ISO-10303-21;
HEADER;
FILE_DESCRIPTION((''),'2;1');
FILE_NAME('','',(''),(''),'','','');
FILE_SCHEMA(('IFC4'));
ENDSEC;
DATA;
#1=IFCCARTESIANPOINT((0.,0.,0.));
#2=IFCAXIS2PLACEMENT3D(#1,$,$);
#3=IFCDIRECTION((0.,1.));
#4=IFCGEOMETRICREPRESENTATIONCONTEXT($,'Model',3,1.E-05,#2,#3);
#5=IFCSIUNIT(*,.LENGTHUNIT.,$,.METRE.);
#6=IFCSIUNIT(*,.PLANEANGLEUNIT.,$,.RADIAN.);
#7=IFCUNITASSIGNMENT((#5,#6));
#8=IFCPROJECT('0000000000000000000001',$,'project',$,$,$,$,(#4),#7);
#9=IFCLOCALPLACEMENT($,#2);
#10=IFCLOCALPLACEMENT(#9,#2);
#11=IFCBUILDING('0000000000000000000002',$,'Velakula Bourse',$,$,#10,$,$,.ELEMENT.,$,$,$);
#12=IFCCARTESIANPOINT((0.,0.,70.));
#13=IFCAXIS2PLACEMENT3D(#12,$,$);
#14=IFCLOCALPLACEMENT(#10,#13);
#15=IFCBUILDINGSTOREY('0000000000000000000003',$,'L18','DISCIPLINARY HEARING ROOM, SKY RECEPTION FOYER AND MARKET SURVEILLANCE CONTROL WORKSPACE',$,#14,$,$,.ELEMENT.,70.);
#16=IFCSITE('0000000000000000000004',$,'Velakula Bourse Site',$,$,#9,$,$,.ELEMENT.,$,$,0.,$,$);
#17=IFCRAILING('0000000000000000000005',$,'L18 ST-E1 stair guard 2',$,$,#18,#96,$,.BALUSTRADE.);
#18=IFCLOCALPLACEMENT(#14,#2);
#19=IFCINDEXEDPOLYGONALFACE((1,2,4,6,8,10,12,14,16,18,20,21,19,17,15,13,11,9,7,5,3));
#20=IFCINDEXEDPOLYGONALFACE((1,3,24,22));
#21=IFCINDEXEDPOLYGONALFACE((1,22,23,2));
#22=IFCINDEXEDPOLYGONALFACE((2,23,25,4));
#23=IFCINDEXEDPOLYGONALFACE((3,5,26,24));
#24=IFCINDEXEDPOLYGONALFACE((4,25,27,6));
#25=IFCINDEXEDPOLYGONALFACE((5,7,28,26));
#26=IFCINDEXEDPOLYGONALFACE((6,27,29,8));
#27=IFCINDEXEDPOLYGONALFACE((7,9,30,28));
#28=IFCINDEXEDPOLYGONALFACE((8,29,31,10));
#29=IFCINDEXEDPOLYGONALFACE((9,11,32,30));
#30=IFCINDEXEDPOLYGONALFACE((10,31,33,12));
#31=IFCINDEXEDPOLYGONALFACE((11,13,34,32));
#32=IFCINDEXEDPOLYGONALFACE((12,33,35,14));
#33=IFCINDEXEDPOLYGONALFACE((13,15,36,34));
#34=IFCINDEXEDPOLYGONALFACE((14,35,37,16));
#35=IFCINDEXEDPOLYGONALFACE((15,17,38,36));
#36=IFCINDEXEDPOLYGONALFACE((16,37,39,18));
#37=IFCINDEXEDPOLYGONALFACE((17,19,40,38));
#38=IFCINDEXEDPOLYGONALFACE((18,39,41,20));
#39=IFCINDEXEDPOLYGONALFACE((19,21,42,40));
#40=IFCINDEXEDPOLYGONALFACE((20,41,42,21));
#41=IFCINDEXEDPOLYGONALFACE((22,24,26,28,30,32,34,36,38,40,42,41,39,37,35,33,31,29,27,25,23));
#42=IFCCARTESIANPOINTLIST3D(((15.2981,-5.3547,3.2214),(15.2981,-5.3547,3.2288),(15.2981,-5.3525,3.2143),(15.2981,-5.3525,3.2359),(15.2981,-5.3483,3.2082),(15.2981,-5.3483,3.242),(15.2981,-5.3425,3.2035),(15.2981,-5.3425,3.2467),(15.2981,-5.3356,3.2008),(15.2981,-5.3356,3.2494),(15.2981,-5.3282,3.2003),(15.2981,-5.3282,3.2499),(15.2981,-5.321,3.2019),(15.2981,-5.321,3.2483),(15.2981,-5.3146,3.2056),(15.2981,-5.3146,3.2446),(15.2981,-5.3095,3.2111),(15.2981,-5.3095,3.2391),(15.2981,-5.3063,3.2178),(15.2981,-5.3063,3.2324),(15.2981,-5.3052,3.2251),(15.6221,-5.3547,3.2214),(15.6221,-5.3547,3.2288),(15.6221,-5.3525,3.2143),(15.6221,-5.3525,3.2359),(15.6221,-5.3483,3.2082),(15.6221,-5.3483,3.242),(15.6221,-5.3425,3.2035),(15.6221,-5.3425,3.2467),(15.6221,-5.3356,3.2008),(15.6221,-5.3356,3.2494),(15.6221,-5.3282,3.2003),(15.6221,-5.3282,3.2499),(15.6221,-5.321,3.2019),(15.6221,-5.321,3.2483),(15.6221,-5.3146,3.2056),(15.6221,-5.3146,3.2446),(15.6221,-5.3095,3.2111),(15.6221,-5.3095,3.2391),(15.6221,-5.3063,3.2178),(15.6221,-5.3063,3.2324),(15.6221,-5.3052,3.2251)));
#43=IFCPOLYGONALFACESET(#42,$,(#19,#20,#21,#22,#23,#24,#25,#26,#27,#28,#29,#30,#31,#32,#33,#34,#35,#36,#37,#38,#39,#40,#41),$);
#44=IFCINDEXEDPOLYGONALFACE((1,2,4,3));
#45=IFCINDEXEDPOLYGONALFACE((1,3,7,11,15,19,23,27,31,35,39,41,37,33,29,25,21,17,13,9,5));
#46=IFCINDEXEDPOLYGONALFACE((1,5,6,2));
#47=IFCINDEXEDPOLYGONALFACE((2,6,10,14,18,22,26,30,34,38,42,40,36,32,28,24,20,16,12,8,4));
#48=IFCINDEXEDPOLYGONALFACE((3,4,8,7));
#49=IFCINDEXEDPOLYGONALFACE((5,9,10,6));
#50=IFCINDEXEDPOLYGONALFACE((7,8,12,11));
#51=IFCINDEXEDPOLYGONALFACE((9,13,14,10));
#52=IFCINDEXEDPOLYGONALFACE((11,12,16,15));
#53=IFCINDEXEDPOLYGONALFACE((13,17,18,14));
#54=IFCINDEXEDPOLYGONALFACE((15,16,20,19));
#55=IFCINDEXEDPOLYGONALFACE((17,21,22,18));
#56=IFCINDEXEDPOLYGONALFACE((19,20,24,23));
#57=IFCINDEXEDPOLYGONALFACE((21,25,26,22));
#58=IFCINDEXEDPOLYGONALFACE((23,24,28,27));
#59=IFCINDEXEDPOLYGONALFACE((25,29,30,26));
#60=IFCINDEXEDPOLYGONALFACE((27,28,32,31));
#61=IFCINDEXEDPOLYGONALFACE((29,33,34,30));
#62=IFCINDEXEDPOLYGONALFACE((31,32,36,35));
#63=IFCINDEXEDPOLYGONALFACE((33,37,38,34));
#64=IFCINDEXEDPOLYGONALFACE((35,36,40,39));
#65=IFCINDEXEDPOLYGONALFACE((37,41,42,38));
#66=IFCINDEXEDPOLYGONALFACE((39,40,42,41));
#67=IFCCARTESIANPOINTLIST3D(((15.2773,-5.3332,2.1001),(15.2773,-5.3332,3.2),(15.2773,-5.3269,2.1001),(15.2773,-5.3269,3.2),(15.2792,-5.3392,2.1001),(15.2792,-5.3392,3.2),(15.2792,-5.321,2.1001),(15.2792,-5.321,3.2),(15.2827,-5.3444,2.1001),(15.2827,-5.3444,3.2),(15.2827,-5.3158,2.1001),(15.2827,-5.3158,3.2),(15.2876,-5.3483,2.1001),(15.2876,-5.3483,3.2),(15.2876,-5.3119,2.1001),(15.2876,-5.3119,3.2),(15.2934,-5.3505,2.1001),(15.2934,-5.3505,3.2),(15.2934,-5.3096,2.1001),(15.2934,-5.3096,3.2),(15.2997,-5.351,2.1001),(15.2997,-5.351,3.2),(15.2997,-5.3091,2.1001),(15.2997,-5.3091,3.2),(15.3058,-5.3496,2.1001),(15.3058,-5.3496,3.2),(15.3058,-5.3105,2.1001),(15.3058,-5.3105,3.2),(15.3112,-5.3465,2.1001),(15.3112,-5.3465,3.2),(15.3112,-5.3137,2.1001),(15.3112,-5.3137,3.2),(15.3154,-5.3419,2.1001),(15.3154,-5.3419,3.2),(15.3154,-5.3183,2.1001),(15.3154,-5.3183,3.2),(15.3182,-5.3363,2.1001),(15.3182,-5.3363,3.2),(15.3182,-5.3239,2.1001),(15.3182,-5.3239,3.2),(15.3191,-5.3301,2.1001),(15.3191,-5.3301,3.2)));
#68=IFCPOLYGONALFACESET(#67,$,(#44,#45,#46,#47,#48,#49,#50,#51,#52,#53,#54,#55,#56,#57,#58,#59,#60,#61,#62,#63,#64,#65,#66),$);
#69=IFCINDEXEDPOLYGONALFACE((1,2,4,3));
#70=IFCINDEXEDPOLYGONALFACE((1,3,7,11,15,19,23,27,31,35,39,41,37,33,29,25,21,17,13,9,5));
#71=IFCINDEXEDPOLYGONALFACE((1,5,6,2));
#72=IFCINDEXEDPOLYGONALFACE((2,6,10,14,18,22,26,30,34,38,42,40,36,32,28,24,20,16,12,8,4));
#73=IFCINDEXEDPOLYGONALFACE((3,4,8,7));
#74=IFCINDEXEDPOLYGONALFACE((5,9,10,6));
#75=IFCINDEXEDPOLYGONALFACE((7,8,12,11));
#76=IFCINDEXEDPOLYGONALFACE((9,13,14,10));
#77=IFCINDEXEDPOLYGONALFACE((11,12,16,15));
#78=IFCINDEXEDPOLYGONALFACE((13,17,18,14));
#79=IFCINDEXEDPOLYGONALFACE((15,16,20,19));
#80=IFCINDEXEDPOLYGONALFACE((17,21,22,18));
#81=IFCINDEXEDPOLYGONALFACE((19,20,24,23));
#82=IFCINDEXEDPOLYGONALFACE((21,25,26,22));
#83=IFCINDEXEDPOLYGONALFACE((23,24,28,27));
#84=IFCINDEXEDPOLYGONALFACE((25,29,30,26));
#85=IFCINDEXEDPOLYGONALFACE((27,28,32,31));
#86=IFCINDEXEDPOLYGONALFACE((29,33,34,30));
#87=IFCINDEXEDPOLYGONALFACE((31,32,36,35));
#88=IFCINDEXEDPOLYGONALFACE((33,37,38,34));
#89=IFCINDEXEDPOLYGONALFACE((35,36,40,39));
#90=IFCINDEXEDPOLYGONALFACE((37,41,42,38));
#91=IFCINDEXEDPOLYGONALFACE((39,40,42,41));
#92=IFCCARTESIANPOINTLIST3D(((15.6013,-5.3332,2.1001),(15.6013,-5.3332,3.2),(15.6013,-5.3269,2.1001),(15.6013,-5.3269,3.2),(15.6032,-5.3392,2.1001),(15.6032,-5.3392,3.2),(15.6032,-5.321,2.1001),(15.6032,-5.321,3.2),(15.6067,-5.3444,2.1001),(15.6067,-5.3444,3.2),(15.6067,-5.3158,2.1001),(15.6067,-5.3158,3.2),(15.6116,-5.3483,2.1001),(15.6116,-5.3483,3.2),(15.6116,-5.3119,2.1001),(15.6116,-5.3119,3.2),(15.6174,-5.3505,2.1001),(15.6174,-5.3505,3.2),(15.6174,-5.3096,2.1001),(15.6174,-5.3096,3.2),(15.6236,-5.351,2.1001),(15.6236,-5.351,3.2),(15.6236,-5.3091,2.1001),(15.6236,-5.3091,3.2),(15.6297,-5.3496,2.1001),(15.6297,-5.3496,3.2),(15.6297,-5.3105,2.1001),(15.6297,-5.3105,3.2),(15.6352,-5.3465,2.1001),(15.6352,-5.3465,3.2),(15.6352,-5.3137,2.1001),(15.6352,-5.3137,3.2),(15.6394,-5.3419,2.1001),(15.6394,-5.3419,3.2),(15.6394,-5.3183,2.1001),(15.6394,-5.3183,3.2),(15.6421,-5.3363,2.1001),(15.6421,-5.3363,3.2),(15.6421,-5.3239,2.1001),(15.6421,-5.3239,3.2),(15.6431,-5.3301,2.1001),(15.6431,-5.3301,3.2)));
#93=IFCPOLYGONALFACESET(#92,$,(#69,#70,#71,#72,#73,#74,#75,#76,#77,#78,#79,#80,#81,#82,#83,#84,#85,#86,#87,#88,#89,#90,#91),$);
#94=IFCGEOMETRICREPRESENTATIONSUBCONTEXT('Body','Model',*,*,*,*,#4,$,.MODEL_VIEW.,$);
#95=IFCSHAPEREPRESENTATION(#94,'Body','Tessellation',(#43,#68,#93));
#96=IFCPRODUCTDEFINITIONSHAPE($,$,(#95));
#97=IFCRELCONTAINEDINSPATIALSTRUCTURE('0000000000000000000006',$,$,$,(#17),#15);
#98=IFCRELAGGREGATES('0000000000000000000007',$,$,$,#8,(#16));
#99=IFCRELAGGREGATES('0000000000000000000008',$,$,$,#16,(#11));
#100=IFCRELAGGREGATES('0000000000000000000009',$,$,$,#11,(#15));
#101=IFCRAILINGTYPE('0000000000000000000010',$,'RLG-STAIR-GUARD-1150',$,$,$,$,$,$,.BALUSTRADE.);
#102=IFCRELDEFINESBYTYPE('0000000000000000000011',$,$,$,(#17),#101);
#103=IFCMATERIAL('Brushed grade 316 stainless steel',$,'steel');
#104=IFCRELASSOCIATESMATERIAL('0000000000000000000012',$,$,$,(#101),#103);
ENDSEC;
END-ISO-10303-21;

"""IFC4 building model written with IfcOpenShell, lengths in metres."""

from ifc_helpers import new_model, si_unit, direction, frame, origin, origin_2d, place, context, subcontext, project, spatial, circle, extrude, material, type_object, element, save


model = new_model("IFC4")

# Units and contexts
model_context = context("Model", 3, precision=1e-05, world=origin(), true_north=direction((0.0, 1.0)))
body_context = subcontext(model_context, "Body", "Model", "MODEL_VIEW")
ifc_project = project(units=[si_unit("LENGTHUNIT", "METRE"), si_unit("PLANEANGLEUNIT", "RADIAN")], contexts=[model_context])

# Site, building, storey
site_placement = place(None, origin())
site = spatial("IfcSite", under=ifc_project, at=site_placement, Name="Velakula Bourse Site", CompositionType="ELEMENT", RefElevation=0.0)
building_placement = place(site_placement, origin())
building = spatial("IfcBuilding", under=site, at=building_placement, Name="Velakula Bourse", CompositionType="ELEMENT")
storey_placement = place(building_placement, frame((0.0, 0.0, 70.0)))
storey = spatial("IfcBuildingStorey", under=building, at=storey_placement, Name="L18", Description="DISCIPLINARY HEARING ROOM, SKY RECEPTION FOYER AND MARKET SURVEILLANCE CONTROL WORKSPACE", CompositionType="ELEMENT", Elevation=70.0)

# Shared definitions
ifc_material_1 = material(Name="Brushed grade 316 stainless steel", Category="steel")

# Railing
railing_type_1 = type_object("IfcRailingType", Name="RLG-STAIR-GUARD-1150", PredefinedType="BALUSTRADE", material=ifc_material_1)
railing_1_placement = place(storey_placement, frame((15.2981, -5.3301, 2.1001)))
element("IfcRailing", 1, at=railing_1_placement, inside=storey, type_object=railing_type_1, Name="L18 ST-E1 stair guard 2", PredefinedType="BALUSTRADE", context=body_context, shape_type="SweptSolid", body=[
    extrude(circle(Radius=0.0249, at=origin_2d()), frame((0.0, 0.0, 1.125), z_axis=(1.0, 0.0, 0.0), x_axis=(0.0, 1.0, 0.0)), (0.0, 0.0, 1.0), 0.324),
    extrude(circle(Radius=0.021, at=origin_2d()), origin(), (0.0, 0.0, 1.0), 1.0999),
    extrude(circle(Radius=0.021, at=origin_2d()), frame((0.324, 0.0, 0.0)), (0.0, 0.0, 1.0), 1.0999),
])

save(model, "model.ifc")
